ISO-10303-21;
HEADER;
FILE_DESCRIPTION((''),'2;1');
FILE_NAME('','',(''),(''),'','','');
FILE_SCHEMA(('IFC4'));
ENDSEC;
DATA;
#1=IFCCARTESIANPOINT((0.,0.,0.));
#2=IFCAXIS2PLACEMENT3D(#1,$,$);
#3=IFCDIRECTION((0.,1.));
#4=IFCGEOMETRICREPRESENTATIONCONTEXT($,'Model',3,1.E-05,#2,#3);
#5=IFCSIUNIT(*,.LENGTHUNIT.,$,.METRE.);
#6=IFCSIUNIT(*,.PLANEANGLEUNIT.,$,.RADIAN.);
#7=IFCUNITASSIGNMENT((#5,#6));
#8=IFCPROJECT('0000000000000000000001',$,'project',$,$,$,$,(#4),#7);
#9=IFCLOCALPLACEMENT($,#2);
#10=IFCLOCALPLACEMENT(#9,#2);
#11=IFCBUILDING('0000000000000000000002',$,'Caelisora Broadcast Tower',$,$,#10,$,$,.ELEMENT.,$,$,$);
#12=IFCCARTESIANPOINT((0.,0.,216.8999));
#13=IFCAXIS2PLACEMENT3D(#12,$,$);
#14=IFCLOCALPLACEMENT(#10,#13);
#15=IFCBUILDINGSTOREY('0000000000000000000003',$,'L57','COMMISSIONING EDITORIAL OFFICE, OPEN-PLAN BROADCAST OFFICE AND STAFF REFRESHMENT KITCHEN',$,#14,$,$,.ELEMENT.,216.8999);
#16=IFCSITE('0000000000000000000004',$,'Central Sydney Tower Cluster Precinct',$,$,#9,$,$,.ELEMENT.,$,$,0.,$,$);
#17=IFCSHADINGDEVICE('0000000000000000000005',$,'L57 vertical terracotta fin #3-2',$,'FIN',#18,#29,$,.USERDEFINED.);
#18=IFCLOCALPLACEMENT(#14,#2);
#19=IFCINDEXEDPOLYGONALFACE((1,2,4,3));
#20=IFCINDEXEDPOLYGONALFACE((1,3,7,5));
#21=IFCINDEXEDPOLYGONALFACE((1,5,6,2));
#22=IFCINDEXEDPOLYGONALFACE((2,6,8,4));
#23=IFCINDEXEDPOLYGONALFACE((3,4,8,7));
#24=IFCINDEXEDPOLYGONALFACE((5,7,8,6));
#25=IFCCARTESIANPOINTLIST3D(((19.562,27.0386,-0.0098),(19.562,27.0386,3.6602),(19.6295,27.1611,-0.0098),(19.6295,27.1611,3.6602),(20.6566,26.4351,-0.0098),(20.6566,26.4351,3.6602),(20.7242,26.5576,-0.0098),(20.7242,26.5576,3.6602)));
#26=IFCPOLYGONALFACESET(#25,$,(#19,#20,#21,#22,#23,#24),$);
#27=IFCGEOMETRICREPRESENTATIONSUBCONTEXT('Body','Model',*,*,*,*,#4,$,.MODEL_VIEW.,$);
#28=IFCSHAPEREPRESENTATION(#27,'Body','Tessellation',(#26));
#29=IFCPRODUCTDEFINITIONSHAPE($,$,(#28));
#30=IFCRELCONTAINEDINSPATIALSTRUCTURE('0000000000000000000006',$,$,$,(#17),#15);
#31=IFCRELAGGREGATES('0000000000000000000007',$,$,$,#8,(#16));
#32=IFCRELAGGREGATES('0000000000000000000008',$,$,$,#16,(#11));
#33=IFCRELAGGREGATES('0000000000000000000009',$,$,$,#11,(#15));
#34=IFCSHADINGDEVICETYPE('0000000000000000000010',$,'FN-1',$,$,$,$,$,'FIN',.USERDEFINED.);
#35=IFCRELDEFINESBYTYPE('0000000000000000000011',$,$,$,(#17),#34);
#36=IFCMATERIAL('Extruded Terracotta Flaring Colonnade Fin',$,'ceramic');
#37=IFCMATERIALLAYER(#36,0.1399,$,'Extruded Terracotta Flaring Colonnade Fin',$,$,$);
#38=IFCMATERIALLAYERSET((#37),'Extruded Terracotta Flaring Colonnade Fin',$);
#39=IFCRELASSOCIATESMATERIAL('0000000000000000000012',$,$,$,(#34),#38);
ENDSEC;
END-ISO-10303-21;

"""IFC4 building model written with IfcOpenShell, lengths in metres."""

from ifc_helpers import new_model, si_unit, direction, frame, origin, origin_2d, place, context, subcontext, project, spatial, rectangle, extrude, source, transform, mapped, material, layer, layer_set, type_object, type_shapes, element, save


model = new_model("IFC4")

# Units and contexts
model_context = context("Model", 3, precision=1e-05, world=origin(), true_north=direction((0.0, 1.0)))
body_context = subcontext(model_context, "Body", "Model", "MODEL_VIEW")
ifc_project = project(units=[si_unit("LENGTHUNIT", "METRE"), si_unit("PLANEANGLEUNIT", "RADIAN")], contexts=[model_context])

# Site, building, storey
site_placement = place(None, origin())
site = spatial("IfcSite", under=ifc_project, at=site_placement, Name="Central Sydney Tower Cluster Precinct", CompositionType="ELEMENT", RefElevation=0.0)
building_placement = place(site_placement, origin())
building = spatial("IfcBuilding", under=site, at=building_placement, Name="Caelisora Broadcast Tower", CompositionType="ELEMENT")
storey_placement = place(building_placement, frame((0.0, 0.0, 216.8999)))
storey = spatial("IfcBuildingStorey", under=building, at=storey_placement, Name="L57", Description="COMMISSIONING EDITORIAL OFFICE, OPEN-PLAN BROADCAST OFFICE AND STAFF REFRESHMENT KITCHEN", CompositionType="ELEMENT", Elevation=216.8999)

# Shading device
ifc_material_1 = material(Name="Extruded Terracotta Flaring Colonnade Fin", Category="ceramic")
ifc_layer_1 = layer(ifc_material_1, 0.1399, Name="Extruded Terracotta Flaring Colonnade Fin")
ifc_layer_set_1 = layer_set([ifc_layer_1], Name="Extruded Terracotta Flaring Colonnade Fin")
shading_device_type = type_object("IfcShadingDeviceType", Name="FN-1", ElementType="FIN", PredefinedType="USERDEFINED", material=ifc_layer_set_1)
shared_shape_1 = source(origin(), body_context, "Body", "SweptSolid", [
    extrude(rectangle(XDim=0.1399, YDim=1.25, at=origin_2d()), origin(), (0.0, 0.0, 1.0), 3.6699),
])
type_shapes(shading_device_type, [shared_shape_1])
shading_device_placement = place(storey_placement, frame((20.1431, 26.7981, -0.0098), z_axis=(0.0, 0.0, 1.0), x_axis=(0.482824, 0.875717, 0.0)))
element("IfcShadingDevice", 1, at=shading_device_placement, inside=storey, type_object=shading_device_type, Name="L57 vertical terracotta fin #3-2", ObjectType="FIN", PredefinedType="USERDEFINED", context=body_context, shape_type="MappedRepresentation", body=[
    mapped(shared_shape_1, transform((0.0, 0.0, 0.0), scale=1.0)),
])

save(model, "model.ifc")
